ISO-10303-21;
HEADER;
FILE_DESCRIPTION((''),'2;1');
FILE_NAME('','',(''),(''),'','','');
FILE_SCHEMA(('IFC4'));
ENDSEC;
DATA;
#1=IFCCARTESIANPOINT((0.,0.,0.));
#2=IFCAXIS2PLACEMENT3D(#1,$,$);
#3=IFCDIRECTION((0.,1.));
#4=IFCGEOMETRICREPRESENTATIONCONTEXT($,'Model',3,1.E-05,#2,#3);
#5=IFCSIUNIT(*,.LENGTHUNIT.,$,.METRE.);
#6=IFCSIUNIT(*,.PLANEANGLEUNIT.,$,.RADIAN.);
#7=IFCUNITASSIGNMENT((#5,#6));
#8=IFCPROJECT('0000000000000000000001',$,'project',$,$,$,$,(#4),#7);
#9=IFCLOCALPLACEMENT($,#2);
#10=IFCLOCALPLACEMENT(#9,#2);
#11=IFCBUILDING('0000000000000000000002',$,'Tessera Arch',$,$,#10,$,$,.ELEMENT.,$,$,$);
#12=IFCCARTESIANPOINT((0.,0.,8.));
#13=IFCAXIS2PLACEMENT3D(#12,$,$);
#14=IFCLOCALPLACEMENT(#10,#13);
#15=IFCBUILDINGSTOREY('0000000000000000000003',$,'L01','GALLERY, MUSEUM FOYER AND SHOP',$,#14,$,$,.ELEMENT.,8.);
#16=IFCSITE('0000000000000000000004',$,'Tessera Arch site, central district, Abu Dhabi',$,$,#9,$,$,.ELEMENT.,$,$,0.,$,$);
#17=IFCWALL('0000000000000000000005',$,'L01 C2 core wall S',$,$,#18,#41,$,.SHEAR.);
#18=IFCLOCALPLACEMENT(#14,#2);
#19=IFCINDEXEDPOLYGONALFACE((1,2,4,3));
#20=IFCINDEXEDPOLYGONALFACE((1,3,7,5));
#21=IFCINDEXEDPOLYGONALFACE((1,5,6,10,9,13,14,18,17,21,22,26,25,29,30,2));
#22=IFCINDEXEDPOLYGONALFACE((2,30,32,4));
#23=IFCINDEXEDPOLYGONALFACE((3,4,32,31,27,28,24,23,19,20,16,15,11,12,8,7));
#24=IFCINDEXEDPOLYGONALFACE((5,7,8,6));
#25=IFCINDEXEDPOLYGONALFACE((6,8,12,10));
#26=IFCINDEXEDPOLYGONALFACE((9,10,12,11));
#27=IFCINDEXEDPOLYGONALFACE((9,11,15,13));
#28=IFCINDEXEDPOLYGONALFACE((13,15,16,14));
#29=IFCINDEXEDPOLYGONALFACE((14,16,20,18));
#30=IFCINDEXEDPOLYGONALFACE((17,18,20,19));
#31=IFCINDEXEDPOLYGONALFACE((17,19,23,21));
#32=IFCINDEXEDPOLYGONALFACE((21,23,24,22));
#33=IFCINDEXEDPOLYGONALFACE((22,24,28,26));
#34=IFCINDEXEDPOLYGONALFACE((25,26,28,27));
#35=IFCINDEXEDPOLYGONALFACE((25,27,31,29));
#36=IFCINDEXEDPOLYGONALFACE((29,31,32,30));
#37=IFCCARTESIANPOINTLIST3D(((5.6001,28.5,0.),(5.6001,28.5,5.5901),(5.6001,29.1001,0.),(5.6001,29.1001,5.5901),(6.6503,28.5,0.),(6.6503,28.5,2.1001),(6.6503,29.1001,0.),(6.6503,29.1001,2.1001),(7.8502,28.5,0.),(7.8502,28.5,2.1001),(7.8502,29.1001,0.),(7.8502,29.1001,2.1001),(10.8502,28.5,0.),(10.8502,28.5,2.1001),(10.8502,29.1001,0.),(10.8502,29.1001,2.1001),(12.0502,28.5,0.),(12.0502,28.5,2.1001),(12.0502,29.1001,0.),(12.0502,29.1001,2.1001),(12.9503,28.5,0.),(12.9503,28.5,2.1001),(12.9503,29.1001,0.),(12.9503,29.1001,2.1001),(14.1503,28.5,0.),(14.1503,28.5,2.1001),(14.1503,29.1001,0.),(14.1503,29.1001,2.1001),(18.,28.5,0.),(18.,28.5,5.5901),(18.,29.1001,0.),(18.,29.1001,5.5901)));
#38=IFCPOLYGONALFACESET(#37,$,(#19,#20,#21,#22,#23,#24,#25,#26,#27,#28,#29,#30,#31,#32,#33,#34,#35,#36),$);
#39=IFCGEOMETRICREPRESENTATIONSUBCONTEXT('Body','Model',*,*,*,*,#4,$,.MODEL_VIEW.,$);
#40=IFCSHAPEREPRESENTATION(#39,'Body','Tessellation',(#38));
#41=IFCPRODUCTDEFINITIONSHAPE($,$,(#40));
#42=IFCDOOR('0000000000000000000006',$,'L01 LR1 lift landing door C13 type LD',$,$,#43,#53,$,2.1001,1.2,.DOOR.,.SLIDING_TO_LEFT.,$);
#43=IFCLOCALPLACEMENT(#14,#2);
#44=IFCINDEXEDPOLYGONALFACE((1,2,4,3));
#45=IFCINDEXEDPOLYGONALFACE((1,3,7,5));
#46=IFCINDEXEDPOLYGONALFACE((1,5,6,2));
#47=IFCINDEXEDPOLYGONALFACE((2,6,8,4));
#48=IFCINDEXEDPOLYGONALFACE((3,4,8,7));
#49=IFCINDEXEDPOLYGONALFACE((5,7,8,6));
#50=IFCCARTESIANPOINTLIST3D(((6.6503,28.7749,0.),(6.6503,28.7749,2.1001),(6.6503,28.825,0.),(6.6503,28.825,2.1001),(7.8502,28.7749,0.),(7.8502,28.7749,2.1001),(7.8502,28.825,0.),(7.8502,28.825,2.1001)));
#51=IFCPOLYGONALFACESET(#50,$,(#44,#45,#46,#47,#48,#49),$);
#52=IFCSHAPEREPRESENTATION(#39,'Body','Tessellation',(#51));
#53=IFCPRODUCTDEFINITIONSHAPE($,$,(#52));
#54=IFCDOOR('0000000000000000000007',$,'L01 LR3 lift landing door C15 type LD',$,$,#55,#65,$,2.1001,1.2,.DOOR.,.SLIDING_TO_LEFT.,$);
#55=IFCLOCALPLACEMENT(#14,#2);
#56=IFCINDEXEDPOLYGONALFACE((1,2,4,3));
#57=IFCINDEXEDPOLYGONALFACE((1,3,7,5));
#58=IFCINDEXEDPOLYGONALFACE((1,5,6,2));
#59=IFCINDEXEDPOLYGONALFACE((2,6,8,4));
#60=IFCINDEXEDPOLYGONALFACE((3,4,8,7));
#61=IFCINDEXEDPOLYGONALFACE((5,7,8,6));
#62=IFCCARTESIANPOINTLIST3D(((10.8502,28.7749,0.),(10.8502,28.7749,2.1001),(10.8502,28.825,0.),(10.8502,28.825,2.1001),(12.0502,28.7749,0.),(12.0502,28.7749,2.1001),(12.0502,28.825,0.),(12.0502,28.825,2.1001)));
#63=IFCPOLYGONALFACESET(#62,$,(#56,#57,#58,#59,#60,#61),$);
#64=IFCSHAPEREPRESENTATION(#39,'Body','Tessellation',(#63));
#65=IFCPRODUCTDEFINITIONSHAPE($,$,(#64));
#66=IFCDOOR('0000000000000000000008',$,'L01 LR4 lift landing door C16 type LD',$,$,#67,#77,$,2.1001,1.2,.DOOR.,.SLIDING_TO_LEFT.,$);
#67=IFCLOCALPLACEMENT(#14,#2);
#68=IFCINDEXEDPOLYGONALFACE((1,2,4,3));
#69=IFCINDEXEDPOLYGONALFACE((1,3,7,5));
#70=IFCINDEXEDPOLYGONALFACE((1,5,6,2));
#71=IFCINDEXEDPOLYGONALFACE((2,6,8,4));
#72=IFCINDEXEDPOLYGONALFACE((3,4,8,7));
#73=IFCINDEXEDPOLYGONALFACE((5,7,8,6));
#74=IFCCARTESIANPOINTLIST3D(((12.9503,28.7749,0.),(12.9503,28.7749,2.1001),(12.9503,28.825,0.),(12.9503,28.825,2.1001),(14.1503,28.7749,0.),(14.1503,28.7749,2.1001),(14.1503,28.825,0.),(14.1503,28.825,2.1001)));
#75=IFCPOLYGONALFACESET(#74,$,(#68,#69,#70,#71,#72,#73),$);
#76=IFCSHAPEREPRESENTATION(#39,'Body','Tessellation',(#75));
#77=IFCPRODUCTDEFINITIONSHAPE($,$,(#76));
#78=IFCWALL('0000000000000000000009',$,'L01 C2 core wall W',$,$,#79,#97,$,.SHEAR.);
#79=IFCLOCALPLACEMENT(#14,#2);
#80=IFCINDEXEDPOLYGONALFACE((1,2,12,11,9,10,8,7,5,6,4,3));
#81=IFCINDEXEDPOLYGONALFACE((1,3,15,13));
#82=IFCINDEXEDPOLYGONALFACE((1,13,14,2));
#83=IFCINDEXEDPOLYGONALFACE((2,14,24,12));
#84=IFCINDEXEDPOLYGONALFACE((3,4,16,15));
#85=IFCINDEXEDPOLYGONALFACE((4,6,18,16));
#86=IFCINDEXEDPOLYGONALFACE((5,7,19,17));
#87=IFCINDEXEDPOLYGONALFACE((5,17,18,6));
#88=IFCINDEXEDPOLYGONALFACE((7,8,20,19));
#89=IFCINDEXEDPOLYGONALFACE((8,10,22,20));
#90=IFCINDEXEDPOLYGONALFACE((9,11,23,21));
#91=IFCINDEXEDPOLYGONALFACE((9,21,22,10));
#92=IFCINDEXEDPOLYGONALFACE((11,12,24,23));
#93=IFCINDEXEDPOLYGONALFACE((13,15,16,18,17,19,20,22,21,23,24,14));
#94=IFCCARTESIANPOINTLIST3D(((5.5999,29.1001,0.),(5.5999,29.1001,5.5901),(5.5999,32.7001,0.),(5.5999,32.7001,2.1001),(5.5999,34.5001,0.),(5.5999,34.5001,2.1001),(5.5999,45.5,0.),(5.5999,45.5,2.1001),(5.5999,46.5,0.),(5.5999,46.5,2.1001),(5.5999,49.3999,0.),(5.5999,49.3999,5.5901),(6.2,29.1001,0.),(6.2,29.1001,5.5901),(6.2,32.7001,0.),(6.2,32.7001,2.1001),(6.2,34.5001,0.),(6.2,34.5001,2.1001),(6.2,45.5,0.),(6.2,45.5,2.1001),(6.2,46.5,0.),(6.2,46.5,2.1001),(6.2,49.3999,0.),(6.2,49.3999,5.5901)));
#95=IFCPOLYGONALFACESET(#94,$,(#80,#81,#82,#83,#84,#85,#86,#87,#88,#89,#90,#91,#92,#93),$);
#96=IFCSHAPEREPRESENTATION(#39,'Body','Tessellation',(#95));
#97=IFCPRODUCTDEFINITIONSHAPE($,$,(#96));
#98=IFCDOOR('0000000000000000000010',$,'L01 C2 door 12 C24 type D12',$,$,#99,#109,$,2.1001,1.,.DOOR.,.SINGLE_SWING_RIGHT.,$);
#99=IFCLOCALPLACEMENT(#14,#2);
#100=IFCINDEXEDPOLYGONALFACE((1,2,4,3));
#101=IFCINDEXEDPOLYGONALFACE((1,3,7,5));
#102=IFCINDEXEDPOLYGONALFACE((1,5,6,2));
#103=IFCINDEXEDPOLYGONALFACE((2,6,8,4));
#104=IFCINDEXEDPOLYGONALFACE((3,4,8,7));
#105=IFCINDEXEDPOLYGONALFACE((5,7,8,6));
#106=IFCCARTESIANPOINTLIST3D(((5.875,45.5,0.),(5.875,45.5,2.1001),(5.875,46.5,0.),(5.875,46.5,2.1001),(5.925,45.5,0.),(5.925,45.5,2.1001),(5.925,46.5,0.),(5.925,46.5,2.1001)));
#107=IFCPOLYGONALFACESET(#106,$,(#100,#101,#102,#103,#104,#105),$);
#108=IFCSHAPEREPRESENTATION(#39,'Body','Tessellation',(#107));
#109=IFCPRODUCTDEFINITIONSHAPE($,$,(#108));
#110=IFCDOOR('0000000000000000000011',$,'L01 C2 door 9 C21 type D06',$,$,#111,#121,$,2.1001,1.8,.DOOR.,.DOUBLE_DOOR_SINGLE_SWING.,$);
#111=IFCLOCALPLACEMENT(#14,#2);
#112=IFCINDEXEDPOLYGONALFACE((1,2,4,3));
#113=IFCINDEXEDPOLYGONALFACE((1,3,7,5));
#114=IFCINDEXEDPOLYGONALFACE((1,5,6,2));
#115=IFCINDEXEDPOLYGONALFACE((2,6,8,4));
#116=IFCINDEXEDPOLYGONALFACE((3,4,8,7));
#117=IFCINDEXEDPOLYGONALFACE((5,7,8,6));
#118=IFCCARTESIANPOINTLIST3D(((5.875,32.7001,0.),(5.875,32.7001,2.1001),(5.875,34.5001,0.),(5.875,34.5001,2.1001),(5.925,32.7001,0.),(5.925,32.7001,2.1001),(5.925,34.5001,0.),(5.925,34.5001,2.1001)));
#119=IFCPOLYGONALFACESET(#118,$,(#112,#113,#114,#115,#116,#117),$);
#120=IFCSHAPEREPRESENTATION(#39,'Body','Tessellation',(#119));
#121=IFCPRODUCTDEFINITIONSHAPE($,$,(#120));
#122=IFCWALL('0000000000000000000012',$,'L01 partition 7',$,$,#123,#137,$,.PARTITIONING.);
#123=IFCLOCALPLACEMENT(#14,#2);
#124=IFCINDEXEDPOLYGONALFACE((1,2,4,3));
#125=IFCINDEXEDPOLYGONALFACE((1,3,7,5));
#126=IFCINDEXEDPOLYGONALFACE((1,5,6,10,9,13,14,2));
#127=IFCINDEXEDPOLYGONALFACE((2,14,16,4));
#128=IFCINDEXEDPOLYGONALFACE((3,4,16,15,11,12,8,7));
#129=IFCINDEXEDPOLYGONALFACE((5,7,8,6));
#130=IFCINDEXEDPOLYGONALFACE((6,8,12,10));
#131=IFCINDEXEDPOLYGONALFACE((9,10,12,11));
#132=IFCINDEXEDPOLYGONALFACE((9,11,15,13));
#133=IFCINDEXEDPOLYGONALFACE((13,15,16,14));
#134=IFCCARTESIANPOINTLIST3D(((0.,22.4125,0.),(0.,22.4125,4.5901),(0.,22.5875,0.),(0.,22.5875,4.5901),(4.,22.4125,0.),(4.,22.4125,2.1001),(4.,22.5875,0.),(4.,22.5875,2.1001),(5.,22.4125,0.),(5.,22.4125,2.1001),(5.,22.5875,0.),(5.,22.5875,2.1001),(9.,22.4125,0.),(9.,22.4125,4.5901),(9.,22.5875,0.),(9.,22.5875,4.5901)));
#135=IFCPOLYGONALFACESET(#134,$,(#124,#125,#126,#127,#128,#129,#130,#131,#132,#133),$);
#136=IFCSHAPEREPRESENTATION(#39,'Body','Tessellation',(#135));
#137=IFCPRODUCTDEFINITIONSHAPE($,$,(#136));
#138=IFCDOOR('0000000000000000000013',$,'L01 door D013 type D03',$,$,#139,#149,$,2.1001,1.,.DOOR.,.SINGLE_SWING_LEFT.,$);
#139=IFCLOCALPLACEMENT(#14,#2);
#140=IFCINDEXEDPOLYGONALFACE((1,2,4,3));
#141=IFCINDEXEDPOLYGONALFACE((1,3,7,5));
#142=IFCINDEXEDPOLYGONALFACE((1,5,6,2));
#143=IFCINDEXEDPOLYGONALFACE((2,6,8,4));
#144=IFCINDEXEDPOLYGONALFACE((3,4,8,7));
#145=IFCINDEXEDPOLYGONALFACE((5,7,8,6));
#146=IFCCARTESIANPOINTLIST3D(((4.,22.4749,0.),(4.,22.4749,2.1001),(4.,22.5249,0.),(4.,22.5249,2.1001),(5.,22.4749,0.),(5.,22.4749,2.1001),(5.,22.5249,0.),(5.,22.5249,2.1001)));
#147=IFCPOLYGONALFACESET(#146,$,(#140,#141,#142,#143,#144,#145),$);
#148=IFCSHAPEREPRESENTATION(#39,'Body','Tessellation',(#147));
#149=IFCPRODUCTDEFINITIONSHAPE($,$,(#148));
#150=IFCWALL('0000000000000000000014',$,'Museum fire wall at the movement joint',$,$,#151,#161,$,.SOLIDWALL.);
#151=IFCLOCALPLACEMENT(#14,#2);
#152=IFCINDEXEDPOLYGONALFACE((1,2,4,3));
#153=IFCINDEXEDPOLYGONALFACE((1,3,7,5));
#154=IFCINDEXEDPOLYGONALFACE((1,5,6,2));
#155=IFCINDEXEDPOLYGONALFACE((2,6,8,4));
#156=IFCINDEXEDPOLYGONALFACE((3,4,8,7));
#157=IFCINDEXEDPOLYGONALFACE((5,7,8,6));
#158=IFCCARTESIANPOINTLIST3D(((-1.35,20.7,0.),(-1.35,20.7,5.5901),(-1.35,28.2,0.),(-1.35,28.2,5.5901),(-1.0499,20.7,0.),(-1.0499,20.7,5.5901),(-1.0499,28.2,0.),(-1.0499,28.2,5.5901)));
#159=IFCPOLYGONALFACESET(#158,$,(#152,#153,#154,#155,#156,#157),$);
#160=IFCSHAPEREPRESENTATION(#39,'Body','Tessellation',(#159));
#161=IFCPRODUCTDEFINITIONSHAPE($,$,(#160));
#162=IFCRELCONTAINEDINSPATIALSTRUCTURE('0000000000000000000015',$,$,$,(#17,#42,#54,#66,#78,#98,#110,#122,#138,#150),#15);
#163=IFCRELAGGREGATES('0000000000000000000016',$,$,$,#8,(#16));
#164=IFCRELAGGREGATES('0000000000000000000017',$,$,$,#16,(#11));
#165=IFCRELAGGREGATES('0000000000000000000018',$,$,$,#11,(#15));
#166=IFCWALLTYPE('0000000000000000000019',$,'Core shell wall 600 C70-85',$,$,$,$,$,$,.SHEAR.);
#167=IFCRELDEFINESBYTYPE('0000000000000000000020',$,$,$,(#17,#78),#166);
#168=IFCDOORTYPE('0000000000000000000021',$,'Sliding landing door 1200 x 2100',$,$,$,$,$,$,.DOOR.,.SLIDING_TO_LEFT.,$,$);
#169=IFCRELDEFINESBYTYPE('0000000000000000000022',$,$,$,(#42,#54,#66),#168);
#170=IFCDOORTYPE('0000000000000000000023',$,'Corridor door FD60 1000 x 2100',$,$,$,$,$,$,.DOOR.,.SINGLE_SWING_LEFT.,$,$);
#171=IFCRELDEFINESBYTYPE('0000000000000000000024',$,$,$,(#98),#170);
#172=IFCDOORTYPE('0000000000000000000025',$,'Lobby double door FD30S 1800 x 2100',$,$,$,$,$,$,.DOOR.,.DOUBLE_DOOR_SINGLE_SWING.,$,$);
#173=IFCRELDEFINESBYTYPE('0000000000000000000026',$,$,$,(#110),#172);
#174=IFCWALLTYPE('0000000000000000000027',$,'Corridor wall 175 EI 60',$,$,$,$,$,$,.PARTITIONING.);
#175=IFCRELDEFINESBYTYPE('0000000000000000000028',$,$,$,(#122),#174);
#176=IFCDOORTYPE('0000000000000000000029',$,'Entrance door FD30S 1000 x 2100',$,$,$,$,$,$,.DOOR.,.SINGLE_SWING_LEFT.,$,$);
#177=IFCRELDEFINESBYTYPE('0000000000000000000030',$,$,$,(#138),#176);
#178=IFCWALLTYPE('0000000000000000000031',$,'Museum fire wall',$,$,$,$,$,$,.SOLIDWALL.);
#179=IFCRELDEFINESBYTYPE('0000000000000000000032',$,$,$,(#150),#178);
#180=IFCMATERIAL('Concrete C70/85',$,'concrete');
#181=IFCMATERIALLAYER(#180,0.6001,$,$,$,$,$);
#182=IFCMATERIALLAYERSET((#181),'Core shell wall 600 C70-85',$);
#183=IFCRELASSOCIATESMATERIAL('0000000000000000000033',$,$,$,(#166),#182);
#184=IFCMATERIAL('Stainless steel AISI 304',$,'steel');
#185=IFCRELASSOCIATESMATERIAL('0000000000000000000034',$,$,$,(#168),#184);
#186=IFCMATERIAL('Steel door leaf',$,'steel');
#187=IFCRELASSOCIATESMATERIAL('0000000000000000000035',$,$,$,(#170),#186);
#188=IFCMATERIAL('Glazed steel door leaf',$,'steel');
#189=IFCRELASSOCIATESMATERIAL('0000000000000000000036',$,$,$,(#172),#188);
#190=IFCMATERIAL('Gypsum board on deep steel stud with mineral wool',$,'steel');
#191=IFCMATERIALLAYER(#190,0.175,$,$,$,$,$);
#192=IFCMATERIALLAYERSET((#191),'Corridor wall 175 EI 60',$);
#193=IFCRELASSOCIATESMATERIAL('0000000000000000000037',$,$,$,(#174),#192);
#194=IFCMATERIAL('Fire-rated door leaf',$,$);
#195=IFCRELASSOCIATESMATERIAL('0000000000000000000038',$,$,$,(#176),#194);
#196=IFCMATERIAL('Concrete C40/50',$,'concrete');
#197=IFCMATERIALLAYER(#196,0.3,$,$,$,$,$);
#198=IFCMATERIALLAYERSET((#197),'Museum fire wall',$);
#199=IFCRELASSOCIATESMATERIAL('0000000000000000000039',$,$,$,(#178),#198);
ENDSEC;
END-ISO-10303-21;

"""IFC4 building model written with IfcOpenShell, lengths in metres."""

from ifc_helpers import new_model, si_unit, direction, frame, frame_2d, origin, place, context, subcontext, project, spatial, rectangle, extrude, material, layer, layer_set, type_object, element, fill, save


model = new_model("IFC4")

# Units and contexts
model_context = context("Model", 3, precision=1e-05, world=origin(), true_north=direction((0.0, 1.0)))
body_context = subcontext(model_context, "Body", "Model", "MODEL_VIEW")
ifc_project = project(units=[si_unit("LENGTHUNIT", "METRE"), si_unit("PLANEANGLEUNIT", "RADIAN")], contexts=[model_context])

# Site, building, storey
site_placement = place(None, origin())
site = spatial("IfcSite", under=ifc_project, at=site_placement, Name="Tessera Arch site, central district, Abu Dhabi", CompositionType="ELEMENT", RefElevation=0.0)
building_placement = place(site_placement, origin())
building = spatial("IfcBuilding", under=site, at=building_placement, Name="Tessera Arch", CompositionType="ELEMENT")
storey_placement = place(building_placement, frame((0.0, 0.0, 8.0)))
storey = spatial("IfcBuildingStorey", under=building, at=storey_placement, Name="L01", Description="GALLERY, MUSEUM FOYER AND SHOP", CompositionType="ELEMENT", Elevation=8.0)

# Walls, openings, doors
ifc_material_1 = material(Name="Concrete C70/85", Category="concrete")
ifc_layer_1 = layer(ifc_material_1, 0.6001)
ifc_layer_set_1 = layer_set([ifc_layer_1], Name="Core shell wall 600 C70-85")
wall_type_1 = type_object("IfcWallType", Name="Core shell wall 600 C70-85", PredefinedType="SHEAR", material=ifc_layer_set_1)
wall_1_placement = place(storey_placement, frame((5.6001, 28.8, 0.0), z_axis=(0.0, 0.0, 1.0), x_axis=(1.0, 0.0, 0.0)))
wall_1 = element("IfcWall", 1, at=wall_1_placement, inside=storey, type_object=wall_type_1, Name="L01 C2 core wall S", PredefinedType="SHEAR", context=body_context, shape_type="SweptSolid", body=[
    extrude(rectangle(XDim=12.3999, YDim=0.6001, at=frame_2d((6.2, 0.0))), origin(), (0.0, 0.0, 1.0), 5.5901),
])
opening_1_placement = place(wall_1_placement, frame((1.05, 0.0, 0.0)))
opening_1 = element("IfcOpeningElement", 2, at=opening_1_placement, cuts=wall_1, PredefinedType="OPENING", context=body_context, shape_type="SweptSolid", body=[
    extrude(rectangle(XDim=1.2, YDim=2.1001, at=frame_2d((0.6001, 1.05))), frame((0.0, 0.3101, 0.0), z_axis=(0.0, -1.0, 0.0), x_axis=(1.0, 0.0, 0.0)), (0.0, 0.0, 1.0), 0.6201),
])
opening_2_placement = place(wall_1_placement, frame((5.25, 0.0, 0.0)))
opening_2 = element("IfcOpeningElement", 3, at=opening_2_placement, cuts=wall_1, PredefinedType="OPENING", context=body_context, shape_type="SweptSolid", body=[
    extrude(rectangle(XDim=1.2, YDim=2.1001, at=frame_2d((0.6001, 1.05))), frame((0.0, 0.3101, 0.0), z_axis=(0.0, -1.0, 0.0), x_axis=(1.0, 0.0, 0.0)), (0.0, 0.0, 1.0), 0.6201),
])
opening_3_placement = place(wall_1_placement, frame((7.3501, 0.0, 0.0)))
opening_3 = element("IfcOpeningElement", 4, at=opening_3_placement, cuts=wall_1, PredefinedType="OPENING", context=body_context, shape_type="SweptSolid", body=[
    extrude(rectangle(XDim=1.2, YDim=2.1001, at=frame_2d((0.6001, 1.05))), frame((0.0, 0.3101, 0.0), z_axis=(0.0, -1.0, 0.0), x_axis=(1.0, 0.0, 0.0)), (0.0, 0.0, 1.0), 0.6201),
])
ifc_material_2 = material(Name="Stainless steel AISI 304", Category="steel")
door_type_1 = type_object("IfcDoorType", Name="Sliding landing door 1200 x 2100", OperationType="SLIDING_TO_LEFT", PredefinedType="DOOR", material=ifc_material_2)
door_1_placement = place(opening_1_placement, origin())
door_1 = element("IfcDoor", 5, at=door_1_placement, inside=storey, type_object=door_type_1, Name="L01 LR1 lift landing door C13 type LD", OperationType="SLIDING_TO_LEFT", OverallHeight=2.1001, OverallWidth=1.2, PredefinedType="DOOR", context=body_context, shape_type="SweptSolid", body=[
    extrude(rectangle(XDim=1.2, YDim=2.1001, at=frame_2d((0.6001, 1.05))), frame((0.0, 0.0249, 0.0), z_axis=(0.0, -1.0, 0.0), x_axis=(1.0, 0.0, 0.0)), (0.0, 0.0, 1.0), 0.05),
])
fill(opening_1, door_1)
door_2_placement = place(opening_2_placement, origin())
door_2 = element("IfcDoor", 6, at=door_2_placement, inside=storey, type_object=door_type_1, Name="L01 LR3 lift landing door C15 type LD", OperationType="SLIDING_TO_LEFT", OverallHeight=2.1001, OverallWidth=1.2, PredefinedType="DOOR", context=body_context, shape_type="SweptSolid", body=[
    extrude(rectangle(XDim=1.2, YDim=2.1001, at=frame_2d((0.6001, 1.05))), frame((0.0, 0.0249, 0.0), z_axis=(0.0, -1.0, 0.0), x_axis=(1.0, 0.0, 0.0)), (0.0, 0.0, 1.0), 0.05),
])
fill(opening_2, door_2)
door_3_placement = place(opening_3_placement, origin())
door_3 = element("IfcDoor", 7, at=door_3_placement, inside=storey, type_object=door_type_1, Name="L01 LR4 lift landing door C16 type LD", OperationType="SLIDING_TO_LEFT", OverallHeight=2.1001, OverallWidth=1.2, PredefinedType="DOOR", context=body_context, shape_type="SweptSolid", body=[
    extrude(rectangle(XDim=1.2, YDim=2.1001, at=frame_2d((0.6001, 1.05))), frame((0.0, 0.0249, 0.0), z_axis=(0.0, -1.0, 0.0), x_axis=(1.0, 0.0, 0.0)), (0.0, 0.0, 1.0), 0.05),
])
fill(opening_3, door_3)
wall_2_placement = place(storey_placement, frame((5.8999, 29.1001, 0.0), z_axis=(0.0, 0.0, 1.0), x_axis=(0.0, 1.0, 0.0)))
wall_2 = element("IfcWall", 8, at=wall_2_placement, inside=storey, type_object=wall_type_1, Name="L01 C2 core wall W", PredefinedType="SHEAR", context=body_context, shape_type="SweptSolid", body=[
    extrude(rectangle(XDim=20.2998, YDim=0.6001, at=frame_2d((10.1499, 0.0))), origin(), (0.0, 0.0, 1.0), 5.5901),
])
opening_4_placement = place(wall_2_placement, frame((3.6001, 0.0, 0.0)))
opening_4 = element("IfcOpeningElement", 9, at=opening_4_placement, cuts=wall_2, PredefinedType="OPENING", context=body_context, shape_type="SweptSolid", body=[
    extrude(rectangle(XDim=1.8, YDim=2.1001, at=frame_2d((0.8999, 1.05))), frame((0.0, 0.3101, 0.0), z_axis=(0.0, -1.0, 0.0), x_axis=(1.0, 0.0, 0.0)), (0.0, 0.0, 1.0), 0.6201),
])
opening_5_placement = place(wall_2_placement, frame((16.3999, 0.0, 0.0)))
opening_5 = element("IfcOpeningElement", 10, at=opening_5_placement, cuts=wall_2, PredefinedType="OPENING", context=body_context, shape_type="SweptSolid", body=[
    extrude(rectangle(XDim=1.0, YDim=2.1001, at=frame_2d((0.5, 1.05))), frame((0.0, 0.3101, 0.0), z_axis=(0.0, -1.0, 0.0), x_axis=(1.0, 0.0, 0.0)), (0.0, 0.0, 1.0), 0.6201),
])
ifc_material_3 = material(Name="Steel door leaf", Category="steel")
door_type_2 = type_object("IfcDoorType", Name="Corridor door FD60 1000 x 2100", OperationType="SINGLE_SWING_LEFT", PredefinedType="DOOR", material=ifc_material_3)
door_4_placement = place(opening_5_placement, origin())
door_4 = element("IfcDoor", 11, at=door_4_placement, inside=storey, type_object=door_type_2, Name="L01 C2 door 12 C24 type D12", OperationType="SINGLE_SWING_RIGHT", OverallHeight=2.1001, OverallWidth=1.0, PredefinedType="DOOR", context=body_context, shape_type="SweptSolid", body=[
    extrude(rectangle(XDim=1.0, YDim=2.1001, at=frame_2d((0.5, 1.05))), frame((0.0, 0.0249, 0.0), z_axis=(0.0, -1.0, 0.0), x_axis=(1.0, 0.0, 0.0)), (0.0, 0.0, 1.0), 0.05),
])
fill(opening_5, door_4)
ifc_material_4 = material(Name="Glazed steel door leaf", Category="steel")
door_type_3 = type_object("IfcDoorType", Name="Lobby double door FD30S 1800 x 2100", OperationType="DOUBLE_DOOR_SINGLE_SWING", PredefinedType="DOOR", material=ifc_material_4)
door_5_placement = place(opening_4_placement, origin())
door_5 = element("IfcDoor", 12, at=door_5_placement, inside=storey, type_object=door_type_3, Name="L01 C2 door 9 C21 type D06", OperationType="DOUBLE_DOOR_SINGLE_SWING", OverallHeight=2.1001, OverallWidth=1.8, PredefinedType="DOOR", context=body_context, shape_type="SweptSolid", body=[
    extrude(rectangle(XDim=1.8, YDim=2.1001, at=frame_2d((0.8999, 1.05))), frame((0.0, 0.0249, 0.0), z_axis=(0.0, -1.0, 0.0), x_axis=(1.0, 0.0, 0.0)), (0.0, 0.0, 1.0), 0.05),
])
fill(opening_4, door_5)

# Wall, opening, door
ifc_material_5 = material(Name="Gypsum board on deep steel stud with mineral wool", Category="steel")
ifc_layer_2 = layer(ifc_material_5, 0.175)
ifc_layer_set_2 = layer_set([ifc_layer_2], Name="Corridor wall 175 EI 60")
wall_type_2 = type_object("IfcWallType", Name="Corridor wall 175 EI 60", PredefinedType="PARTITIONING", material=ifc_layer_set_2)
wall_3_placement = place(storey_placement, frame((0.0, 22.5, 0.0), z_axis=(0.0, 0.0, 1.0), x_axis=(1.0, 0.0, 0.0)))
wall_3 = element("IfcWall", 13, at=wall_3_placement, inside=storey, type_object=wall_type_2, Name="L01 partition 7", PredefinedType="PARTITIONING", context=body_context, shape_type="SweptSolid", body=[
    extrude(rectangle(XDim=9.0, YDim=0.175, at=frame_2d((4.5, 0.0))), origin(), (0.0, 0.0, 1.0), 4.5901),
])
opening_6_placement = place(wall_3_placement, frame((4.0, 0.0, 0.0)))
opening_6 = element("IfcOpeningElement", 14, at=opening_6_placement, cuts=wall_3, PredefinedType="OPENING", context=body_context, shape_type="SweptSolid", body=[
    extrude(rectangle(XDim=1.0, YDim=2.1001, at=frame_2d((0.5, 1.05))), frame((0.0, 0.0974, 0.0), z_axis=(0.0, -1.0, 0.0), x_axis=(1.0, 0.0, 0.0)), (0.0, 0.0, 1.0), 0.1951),
])
ifc_material_6 = material(Name="Fire-rated door leaf")
door_type_4 = type_object("IfcDoorType", Name="Entrance door FD30S 1000 x 2100", OperationType="SINGLE_SWING_LEFT", PredefinedType="DOOR", material=ifc_material_6)
door_6_placement = place(opening_6_placement, origin())
door_6 = element("IfcDoor", 15, at=door_6_placement, inside=storey, type_object=door_type_4, Name="L01 door D013 type D03", OperationType="SINGLE_SWING_LEFT", OverallHeight=2.1001, OverallWidth=1.0, PredefinedType="DOOR", context=body_context, shape_type="SweptSolid", body=[
    extrude(rectangle(XDim=1.0, YDim=2.1001, at=frame_2d((0.5, 1.05))), frame((0.0, 0.0249, 0.0), z_axis=(0.0, -1.0, 0.0), x_axis=(1.0, 0.0, 0.0)), (0.0, 0.0, 1.0), 0.05),
])
fill(opening_6, door_6)

# Wall
ifc_material_7 = material(Name="Concrete C40/50", Category="concrete")
ifc_layer_3 = layer(ifc_material_7, 0.3)
ifc_layer_set_3 = layer_set([ifc_layer_3], Name="Museum fire wall")
wall_type_3 = type_object("IfcWallType", Name="Museum fire wall", PredefinedType="SOLIDWALL", material=ifc_layer_set_3)
for number, where, z_axis, x_axis, name in (
    (16, (-1.2, 20.7, 0.0), (0.0, 0.0, 1.0), (0.0, 1.0, 0.0), "Museum fire wall at the movement joint"),
):
    element("IfcWall", number, at=place(storey_placement, frame(where, z_axis=z_axis, x_axis=x_axis)), inside=storey, type_object=wall_type_3, Name=name, PredefinedType="SOLIDWALL", context=body_context, shape_type="SweptSolid", body=[
        extrude(rectangle(XDim=7.5, YDim=0.3, at=frame_2d((3.75, 0.0))), origin(), (0.0, 0.0, 1.0), 5.5901),
    ])

save(model, "model.ifc")
